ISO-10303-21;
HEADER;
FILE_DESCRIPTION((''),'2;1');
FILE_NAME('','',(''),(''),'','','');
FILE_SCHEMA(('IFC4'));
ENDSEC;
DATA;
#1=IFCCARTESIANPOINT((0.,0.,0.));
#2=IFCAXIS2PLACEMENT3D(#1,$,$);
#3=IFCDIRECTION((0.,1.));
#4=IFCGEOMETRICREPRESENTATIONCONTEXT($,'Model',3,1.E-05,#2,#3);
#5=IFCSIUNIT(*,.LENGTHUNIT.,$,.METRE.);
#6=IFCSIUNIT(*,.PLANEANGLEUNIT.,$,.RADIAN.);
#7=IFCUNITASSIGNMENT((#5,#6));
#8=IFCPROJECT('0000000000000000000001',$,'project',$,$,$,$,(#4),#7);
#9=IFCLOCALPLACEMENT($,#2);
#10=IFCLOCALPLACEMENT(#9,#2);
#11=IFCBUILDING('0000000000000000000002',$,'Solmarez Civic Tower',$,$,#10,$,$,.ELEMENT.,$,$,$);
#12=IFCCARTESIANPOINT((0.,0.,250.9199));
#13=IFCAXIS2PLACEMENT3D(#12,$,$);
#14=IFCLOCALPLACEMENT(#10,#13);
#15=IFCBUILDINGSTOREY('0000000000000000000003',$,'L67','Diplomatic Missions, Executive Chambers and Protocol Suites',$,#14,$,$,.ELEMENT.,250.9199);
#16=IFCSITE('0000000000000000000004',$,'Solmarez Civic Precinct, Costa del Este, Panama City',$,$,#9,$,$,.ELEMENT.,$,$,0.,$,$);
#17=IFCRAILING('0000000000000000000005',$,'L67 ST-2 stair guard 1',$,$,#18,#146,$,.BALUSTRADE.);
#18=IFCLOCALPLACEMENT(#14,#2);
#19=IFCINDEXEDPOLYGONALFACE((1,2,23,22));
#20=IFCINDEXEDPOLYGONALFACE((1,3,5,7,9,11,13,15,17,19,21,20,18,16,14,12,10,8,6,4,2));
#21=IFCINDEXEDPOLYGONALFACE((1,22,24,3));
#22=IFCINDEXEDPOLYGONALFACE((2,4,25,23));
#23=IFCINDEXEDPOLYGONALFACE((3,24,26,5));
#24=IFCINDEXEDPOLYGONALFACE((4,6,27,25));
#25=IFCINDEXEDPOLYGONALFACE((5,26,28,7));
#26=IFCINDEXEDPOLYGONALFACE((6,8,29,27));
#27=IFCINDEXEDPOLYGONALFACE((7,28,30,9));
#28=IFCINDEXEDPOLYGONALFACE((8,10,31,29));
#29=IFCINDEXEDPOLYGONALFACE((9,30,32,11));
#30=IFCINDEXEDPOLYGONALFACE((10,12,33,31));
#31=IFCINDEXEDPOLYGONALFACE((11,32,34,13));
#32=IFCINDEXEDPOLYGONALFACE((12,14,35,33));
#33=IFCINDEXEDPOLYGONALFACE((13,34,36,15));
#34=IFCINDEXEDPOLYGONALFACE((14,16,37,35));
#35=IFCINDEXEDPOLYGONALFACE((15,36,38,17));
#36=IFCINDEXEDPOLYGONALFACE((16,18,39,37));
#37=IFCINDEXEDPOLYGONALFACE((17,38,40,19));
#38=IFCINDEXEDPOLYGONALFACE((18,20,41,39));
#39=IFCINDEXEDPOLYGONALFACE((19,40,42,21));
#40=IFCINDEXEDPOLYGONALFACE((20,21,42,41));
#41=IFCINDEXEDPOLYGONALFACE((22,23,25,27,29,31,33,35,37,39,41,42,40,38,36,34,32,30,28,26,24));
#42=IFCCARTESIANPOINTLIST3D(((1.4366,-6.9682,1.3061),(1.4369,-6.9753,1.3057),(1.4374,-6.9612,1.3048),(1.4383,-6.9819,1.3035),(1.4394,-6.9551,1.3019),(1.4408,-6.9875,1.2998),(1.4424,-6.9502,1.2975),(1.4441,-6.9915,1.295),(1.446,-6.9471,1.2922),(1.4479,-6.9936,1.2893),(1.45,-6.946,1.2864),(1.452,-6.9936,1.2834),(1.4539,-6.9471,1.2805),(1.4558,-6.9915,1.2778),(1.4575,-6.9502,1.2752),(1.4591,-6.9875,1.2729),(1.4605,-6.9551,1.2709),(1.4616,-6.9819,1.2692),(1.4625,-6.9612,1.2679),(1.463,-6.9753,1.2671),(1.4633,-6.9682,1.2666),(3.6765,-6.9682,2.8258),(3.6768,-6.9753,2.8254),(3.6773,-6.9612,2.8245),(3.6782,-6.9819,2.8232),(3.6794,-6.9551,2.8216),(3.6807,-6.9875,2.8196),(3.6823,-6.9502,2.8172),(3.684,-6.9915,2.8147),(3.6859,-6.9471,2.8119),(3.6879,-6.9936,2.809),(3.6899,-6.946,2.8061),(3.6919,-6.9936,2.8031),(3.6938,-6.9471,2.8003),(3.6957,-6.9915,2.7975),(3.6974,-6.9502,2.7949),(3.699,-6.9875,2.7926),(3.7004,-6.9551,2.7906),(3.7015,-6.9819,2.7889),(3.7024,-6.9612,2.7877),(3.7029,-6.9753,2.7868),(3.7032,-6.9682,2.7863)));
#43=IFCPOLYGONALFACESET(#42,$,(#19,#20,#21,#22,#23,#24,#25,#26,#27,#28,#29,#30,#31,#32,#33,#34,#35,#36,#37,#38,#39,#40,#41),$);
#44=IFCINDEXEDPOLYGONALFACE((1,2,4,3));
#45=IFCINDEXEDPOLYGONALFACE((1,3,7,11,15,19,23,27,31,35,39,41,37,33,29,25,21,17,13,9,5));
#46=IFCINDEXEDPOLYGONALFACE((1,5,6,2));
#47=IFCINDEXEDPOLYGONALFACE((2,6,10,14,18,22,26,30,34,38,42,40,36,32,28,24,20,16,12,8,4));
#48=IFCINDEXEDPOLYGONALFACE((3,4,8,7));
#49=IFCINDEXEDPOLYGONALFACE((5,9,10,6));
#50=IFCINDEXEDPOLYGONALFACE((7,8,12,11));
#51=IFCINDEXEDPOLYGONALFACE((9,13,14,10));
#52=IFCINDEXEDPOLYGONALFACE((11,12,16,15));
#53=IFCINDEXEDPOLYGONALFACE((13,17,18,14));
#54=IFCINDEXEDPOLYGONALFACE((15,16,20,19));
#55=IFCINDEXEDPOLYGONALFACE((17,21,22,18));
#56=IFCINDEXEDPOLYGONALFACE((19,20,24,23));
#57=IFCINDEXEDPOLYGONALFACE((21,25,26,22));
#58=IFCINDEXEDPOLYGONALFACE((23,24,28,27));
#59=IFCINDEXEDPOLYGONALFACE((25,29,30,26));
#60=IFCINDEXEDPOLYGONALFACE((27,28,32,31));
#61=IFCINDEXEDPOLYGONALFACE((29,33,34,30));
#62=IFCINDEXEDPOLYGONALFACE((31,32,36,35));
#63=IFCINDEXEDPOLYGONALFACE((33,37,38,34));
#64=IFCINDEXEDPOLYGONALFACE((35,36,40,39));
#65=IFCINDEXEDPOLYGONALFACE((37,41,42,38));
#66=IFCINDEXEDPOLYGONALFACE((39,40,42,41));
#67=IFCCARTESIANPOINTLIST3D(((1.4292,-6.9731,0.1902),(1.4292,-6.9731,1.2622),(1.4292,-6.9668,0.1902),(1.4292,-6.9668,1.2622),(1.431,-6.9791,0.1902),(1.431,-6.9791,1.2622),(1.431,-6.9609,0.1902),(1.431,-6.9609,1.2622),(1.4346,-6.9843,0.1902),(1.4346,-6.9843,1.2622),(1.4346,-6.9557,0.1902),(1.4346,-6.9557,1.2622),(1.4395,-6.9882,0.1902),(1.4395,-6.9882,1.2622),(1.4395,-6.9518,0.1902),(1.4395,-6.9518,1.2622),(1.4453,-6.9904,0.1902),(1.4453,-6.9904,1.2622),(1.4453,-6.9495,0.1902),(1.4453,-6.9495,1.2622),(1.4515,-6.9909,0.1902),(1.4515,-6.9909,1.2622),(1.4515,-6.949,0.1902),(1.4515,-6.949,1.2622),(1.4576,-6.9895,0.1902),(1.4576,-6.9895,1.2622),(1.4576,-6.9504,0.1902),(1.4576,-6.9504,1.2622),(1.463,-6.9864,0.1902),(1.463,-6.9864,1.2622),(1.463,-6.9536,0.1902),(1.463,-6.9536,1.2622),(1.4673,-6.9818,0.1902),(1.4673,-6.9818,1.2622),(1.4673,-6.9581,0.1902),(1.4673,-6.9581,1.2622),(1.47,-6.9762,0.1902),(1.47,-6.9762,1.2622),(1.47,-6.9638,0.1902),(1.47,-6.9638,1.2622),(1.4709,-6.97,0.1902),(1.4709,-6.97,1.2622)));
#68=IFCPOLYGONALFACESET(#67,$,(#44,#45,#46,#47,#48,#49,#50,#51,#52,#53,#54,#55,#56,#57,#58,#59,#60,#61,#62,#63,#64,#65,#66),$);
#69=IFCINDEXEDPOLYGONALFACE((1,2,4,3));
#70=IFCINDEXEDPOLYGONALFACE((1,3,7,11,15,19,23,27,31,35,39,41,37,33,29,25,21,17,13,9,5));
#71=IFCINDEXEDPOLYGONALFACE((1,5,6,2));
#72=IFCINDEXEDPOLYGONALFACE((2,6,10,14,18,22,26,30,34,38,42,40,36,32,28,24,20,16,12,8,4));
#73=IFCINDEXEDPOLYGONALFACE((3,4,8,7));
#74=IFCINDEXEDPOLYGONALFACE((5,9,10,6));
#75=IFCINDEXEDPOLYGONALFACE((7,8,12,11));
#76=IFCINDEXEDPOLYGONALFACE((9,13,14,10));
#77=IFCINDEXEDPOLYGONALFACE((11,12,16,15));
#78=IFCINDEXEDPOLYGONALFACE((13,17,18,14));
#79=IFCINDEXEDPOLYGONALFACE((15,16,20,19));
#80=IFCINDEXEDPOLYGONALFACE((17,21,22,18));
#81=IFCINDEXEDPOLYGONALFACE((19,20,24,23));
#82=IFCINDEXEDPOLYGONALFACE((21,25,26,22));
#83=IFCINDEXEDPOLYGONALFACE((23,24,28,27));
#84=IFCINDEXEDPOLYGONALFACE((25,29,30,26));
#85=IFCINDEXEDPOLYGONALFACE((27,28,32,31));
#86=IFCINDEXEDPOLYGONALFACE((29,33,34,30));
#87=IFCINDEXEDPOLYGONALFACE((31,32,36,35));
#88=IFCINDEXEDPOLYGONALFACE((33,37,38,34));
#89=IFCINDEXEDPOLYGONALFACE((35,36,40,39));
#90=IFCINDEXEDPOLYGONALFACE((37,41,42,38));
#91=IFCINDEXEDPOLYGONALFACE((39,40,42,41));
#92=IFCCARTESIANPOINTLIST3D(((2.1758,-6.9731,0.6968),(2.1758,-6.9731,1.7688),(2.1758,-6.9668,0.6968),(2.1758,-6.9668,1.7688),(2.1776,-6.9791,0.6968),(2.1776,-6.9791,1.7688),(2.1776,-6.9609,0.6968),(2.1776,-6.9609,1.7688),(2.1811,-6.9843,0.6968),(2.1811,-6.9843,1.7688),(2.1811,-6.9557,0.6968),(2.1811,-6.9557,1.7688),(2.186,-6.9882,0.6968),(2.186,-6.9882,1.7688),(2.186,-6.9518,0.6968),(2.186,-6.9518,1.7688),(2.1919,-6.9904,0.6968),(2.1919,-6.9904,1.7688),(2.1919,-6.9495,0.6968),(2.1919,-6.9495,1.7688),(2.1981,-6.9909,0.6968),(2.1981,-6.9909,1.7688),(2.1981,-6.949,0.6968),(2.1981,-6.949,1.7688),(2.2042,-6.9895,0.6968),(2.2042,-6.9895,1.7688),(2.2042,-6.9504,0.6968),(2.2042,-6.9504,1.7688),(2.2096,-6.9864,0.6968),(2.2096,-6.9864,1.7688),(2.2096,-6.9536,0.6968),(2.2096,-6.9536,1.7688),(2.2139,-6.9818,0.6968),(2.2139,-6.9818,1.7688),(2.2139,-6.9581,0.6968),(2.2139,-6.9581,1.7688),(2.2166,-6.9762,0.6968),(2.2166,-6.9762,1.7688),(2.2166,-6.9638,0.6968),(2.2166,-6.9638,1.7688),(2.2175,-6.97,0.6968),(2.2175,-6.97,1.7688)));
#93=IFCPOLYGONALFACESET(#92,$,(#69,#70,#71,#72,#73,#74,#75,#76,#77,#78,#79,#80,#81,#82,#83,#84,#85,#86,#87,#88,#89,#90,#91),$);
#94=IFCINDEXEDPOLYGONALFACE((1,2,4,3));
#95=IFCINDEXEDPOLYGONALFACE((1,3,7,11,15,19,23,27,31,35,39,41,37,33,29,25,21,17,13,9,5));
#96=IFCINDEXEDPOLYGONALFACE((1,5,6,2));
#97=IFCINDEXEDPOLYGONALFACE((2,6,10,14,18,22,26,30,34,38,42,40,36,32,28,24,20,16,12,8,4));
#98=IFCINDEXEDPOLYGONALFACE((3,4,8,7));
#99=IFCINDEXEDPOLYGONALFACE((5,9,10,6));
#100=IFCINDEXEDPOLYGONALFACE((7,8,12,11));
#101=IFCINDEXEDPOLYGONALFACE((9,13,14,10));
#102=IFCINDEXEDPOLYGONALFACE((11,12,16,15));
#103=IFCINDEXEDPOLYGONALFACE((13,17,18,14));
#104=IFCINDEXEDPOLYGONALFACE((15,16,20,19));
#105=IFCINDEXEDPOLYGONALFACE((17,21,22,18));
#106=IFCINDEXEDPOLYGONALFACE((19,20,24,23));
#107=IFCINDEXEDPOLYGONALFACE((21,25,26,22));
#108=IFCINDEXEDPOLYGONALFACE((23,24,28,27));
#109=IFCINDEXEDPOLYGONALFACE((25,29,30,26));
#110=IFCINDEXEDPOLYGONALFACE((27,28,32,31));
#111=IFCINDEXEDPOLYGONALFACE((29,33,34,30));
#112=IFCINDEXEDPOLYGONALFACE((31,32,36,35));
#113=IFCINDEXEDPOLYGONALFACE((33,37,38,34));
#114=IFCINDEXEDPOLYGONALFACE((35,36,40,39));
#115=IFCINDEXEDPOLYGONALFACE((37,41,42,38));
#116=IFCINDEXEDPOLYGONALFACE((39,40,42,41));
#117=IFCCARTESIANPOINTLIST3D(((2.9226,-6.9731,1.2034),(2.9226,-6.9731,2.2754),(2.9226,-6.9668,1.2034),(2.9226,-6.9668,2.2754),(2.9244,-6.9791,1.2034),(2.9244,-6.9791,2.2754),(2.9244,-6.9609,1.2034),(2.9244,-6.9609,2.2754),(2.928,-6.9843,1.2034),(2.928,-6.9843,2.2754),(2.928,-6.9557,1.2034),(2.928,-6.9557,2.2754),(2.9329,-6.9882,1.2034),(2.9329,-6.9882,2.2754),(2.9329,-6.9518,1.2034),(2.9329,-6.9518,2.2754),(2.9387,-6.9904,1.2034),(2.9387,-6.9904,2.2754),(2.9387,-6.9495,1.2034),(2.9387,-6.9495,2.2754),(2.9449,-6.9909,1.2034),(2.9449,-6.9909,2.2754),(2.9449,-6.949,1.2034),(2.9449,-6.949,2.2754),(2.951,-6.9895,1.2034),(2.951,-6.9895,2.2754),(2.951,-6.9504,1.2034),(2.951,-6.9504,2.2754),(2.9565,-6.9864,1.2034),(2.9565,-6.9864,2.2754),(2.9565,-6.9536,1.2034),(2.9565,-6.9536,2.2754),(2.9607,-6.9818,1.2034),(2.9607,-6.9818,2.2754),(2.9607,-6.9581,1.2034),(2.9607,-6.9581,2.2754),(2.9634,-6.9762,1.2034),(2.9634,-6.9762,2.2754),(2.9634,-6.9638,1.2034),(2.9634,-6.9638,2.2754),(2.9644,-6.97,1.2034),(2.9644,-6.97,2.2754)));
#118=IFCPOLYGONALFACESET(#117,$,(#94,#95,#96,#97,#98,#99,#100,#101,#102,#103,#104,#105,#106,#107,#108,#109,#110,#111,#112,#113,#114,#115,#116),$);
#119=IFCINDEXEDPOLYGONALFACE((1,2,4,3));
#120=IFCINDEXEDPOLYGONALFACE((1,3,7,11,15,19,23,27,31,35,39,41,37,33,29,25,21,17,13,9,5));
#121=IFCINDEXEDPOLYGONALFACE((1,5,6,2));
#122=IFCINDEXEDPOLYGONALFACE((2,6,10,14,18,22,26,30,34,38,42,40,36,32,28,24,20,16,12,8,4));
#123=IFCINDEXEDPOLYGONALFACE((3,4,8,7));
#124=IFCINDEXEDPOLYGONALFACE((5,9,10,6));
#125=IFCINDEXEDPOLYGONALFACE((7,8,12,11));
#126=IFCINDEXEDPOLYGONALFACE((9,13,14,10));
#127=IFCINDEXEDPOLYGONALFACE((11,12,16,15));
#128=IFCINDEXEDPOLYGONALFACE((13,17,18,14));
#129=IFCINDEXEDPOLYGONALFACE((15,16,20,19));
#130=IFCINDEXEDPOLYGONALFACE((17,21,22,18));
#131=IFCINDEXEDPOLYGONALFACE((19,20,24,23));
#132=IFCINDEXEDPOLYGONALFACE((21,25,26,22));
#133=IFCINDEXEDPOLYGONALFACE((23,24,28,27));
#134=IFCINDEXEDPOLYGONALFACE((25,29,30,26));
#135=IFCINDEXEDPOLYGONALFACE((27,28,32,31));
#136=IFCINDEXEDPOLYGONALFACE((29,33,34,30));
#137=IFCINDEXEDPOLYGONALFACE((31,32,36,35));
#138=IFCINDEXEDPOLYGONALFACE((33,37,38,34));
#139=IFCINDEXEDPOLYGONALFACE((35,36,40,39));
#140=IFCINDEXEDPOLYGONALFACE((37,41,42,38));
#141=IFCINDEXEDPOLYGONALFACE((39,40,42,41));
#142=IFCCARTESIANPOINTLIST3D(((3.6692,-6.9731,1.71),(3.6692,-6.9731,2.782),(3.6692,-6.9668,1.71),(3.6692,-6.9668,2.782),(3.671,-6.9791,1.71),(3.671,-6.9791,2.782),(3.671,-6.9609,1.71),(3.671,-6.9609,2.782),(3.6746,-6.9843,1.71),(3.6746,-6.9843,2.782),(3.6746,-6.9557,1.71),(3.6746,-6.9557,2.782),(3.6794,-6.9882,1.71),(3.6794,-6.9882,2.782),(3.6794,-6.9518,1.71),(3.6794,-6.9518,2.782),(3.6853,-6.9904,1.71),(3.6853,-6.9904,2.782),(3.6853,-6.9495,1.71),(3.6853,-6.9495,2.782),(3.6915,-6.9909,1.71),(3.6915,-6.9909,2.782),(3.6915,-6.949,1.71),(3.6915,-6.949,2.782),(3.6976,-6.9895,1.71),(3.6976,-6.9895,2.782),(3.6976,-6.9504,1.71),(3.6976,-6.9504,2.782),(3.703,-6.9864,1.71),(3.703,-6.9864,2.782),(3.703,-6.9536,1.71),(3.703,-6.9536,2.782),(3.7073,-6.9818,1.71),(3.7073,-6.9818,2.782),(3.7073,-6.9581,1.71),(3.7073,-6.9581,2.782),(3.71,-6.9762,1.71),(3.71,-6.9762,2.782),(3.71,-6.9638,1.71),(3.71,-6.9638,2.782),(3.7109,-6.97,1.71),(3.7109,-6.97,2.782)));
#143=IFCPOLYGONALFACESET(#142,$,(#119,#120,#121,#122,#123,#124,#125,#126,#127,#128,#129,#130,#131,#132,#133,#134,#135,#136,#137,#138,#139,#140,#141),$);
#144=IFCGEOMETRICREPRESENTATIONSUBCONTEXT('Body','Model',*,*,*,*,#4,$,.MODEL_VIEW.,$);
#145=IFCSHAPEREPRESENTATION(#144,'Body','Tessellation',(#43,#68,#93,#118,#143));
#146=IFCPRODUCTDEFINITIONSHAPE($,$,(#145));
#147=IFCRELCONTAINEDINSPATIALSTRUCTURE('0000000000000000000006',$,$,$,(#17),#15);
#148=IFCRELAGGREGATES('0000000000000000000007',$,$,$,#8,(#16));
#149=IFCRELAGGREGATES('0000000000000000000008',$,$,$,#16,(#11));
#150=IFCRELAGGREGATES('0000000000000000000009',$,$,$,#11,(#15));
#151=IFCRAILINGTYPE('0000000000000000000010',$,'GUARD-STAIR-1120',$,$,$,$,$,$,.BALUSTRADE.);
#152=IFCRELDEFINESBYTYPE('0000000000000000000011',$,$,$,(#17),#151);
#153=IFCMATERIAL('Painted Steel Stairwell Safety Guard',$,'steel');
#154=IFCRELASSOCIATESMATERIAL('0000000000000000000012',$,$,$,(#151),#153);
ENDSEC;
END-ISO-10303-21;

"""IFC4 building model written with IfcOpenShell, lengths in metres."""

from ifc_helpers import new_model, si_unit, direction, frame, origin, origin_2d, place, context, subcontext, project, spatial, circle, extrude, material, type_object, element, save


model = new_model("IFC4")

# Units and contexts
model_context = context("Model", 3, precision=1e-05, world=origin(), true_north=direction((0.0, 1.0)))
body_context = subcontext(model_context, "Body", "Model", "MODEL_VIEW")
ifc_project = project(units=[si_unit("LENGTHUNIT", "METRE"), si_unit("PLANEANGLEUNIT", "RADIAN")], contexts=[model_context])

# Site, building, storey
site_placement = place(None, origin())
site = spatial("IfcSite", under=ifc_project, at=site_placement, Name="Solmarez Civic Precinct, Costa del Este, Panama City", CompositionType="ELEMENT", RefElevation=0.0)
building_placement = place(site_placement, origin())
building = spatial("IfcBuilding", under=site, at=building_placement, Name="Solmarez Civic Tower", CompositionType="ELEMENT")
storey_placement = place(building_placement, frame((0.0, 0.0, 250.9199)))
storey = spatial("IfcBuildingStorey", under=building, at=storey_placement, Name="L67", Description="Diplomatic Missions, Executive Chambers and Protocol Suites", CompositionType="ELEMENT", Elevation=250.9199)

# Railing
ifc_material_1 = material(Name="Painted Steel Stairwell Safety Guard", Category="steel")
railing_type_1 = type_object("IfcRailingType", Name="GUARD-STAIR-1120", PredefinedType="BALUSTRADE", material=ifc_material_1)
railing_1_placement = place(storey_placement, frame((1.45, -6.97, 0.1902)))
element("IfcRailing", 1, at=railing_1_placement, inside=storey, type_object=railing_type_1, Name="L67 ST-2 stair guard 1", PredefinedType="BALUSTRADE", context=body_context, shape_type="SweptSolid", body=[
    extrude(circle(Radius=0.0239, at=origin_2d()), frame((0.0, 0.0, 1.0962), z_axis=(0.827513, 0.0, 0.561446), x_axis=(0.0, 1.0, 0.0)), (0.0, 0.0, 1.0), 2.7068),
    extrude(circle(Radius=0.021, at=origin_2d()), origin(), (0.0, 0.0, 1.0), 1.072),
    extrude(circle(Radius=0.021, at=origin_2d()), frame((0.7466, 0.0, 0.5066)), (0.0, 0.0, 1.0), 1.072),
    extrude(circle(Radius=0.021, at=origin_2d()), frame((1.4934, 0.0, 1.0132)), (0.0, 0.0, 1.0), 1.072),
    extrude(circle(Radius=0.021, at=origin_2d()), frame((2.24, 0.0, 1.5198)), (0.0, 0.0, 1.0), 1.072),
])

save(model, "model.ifc")
